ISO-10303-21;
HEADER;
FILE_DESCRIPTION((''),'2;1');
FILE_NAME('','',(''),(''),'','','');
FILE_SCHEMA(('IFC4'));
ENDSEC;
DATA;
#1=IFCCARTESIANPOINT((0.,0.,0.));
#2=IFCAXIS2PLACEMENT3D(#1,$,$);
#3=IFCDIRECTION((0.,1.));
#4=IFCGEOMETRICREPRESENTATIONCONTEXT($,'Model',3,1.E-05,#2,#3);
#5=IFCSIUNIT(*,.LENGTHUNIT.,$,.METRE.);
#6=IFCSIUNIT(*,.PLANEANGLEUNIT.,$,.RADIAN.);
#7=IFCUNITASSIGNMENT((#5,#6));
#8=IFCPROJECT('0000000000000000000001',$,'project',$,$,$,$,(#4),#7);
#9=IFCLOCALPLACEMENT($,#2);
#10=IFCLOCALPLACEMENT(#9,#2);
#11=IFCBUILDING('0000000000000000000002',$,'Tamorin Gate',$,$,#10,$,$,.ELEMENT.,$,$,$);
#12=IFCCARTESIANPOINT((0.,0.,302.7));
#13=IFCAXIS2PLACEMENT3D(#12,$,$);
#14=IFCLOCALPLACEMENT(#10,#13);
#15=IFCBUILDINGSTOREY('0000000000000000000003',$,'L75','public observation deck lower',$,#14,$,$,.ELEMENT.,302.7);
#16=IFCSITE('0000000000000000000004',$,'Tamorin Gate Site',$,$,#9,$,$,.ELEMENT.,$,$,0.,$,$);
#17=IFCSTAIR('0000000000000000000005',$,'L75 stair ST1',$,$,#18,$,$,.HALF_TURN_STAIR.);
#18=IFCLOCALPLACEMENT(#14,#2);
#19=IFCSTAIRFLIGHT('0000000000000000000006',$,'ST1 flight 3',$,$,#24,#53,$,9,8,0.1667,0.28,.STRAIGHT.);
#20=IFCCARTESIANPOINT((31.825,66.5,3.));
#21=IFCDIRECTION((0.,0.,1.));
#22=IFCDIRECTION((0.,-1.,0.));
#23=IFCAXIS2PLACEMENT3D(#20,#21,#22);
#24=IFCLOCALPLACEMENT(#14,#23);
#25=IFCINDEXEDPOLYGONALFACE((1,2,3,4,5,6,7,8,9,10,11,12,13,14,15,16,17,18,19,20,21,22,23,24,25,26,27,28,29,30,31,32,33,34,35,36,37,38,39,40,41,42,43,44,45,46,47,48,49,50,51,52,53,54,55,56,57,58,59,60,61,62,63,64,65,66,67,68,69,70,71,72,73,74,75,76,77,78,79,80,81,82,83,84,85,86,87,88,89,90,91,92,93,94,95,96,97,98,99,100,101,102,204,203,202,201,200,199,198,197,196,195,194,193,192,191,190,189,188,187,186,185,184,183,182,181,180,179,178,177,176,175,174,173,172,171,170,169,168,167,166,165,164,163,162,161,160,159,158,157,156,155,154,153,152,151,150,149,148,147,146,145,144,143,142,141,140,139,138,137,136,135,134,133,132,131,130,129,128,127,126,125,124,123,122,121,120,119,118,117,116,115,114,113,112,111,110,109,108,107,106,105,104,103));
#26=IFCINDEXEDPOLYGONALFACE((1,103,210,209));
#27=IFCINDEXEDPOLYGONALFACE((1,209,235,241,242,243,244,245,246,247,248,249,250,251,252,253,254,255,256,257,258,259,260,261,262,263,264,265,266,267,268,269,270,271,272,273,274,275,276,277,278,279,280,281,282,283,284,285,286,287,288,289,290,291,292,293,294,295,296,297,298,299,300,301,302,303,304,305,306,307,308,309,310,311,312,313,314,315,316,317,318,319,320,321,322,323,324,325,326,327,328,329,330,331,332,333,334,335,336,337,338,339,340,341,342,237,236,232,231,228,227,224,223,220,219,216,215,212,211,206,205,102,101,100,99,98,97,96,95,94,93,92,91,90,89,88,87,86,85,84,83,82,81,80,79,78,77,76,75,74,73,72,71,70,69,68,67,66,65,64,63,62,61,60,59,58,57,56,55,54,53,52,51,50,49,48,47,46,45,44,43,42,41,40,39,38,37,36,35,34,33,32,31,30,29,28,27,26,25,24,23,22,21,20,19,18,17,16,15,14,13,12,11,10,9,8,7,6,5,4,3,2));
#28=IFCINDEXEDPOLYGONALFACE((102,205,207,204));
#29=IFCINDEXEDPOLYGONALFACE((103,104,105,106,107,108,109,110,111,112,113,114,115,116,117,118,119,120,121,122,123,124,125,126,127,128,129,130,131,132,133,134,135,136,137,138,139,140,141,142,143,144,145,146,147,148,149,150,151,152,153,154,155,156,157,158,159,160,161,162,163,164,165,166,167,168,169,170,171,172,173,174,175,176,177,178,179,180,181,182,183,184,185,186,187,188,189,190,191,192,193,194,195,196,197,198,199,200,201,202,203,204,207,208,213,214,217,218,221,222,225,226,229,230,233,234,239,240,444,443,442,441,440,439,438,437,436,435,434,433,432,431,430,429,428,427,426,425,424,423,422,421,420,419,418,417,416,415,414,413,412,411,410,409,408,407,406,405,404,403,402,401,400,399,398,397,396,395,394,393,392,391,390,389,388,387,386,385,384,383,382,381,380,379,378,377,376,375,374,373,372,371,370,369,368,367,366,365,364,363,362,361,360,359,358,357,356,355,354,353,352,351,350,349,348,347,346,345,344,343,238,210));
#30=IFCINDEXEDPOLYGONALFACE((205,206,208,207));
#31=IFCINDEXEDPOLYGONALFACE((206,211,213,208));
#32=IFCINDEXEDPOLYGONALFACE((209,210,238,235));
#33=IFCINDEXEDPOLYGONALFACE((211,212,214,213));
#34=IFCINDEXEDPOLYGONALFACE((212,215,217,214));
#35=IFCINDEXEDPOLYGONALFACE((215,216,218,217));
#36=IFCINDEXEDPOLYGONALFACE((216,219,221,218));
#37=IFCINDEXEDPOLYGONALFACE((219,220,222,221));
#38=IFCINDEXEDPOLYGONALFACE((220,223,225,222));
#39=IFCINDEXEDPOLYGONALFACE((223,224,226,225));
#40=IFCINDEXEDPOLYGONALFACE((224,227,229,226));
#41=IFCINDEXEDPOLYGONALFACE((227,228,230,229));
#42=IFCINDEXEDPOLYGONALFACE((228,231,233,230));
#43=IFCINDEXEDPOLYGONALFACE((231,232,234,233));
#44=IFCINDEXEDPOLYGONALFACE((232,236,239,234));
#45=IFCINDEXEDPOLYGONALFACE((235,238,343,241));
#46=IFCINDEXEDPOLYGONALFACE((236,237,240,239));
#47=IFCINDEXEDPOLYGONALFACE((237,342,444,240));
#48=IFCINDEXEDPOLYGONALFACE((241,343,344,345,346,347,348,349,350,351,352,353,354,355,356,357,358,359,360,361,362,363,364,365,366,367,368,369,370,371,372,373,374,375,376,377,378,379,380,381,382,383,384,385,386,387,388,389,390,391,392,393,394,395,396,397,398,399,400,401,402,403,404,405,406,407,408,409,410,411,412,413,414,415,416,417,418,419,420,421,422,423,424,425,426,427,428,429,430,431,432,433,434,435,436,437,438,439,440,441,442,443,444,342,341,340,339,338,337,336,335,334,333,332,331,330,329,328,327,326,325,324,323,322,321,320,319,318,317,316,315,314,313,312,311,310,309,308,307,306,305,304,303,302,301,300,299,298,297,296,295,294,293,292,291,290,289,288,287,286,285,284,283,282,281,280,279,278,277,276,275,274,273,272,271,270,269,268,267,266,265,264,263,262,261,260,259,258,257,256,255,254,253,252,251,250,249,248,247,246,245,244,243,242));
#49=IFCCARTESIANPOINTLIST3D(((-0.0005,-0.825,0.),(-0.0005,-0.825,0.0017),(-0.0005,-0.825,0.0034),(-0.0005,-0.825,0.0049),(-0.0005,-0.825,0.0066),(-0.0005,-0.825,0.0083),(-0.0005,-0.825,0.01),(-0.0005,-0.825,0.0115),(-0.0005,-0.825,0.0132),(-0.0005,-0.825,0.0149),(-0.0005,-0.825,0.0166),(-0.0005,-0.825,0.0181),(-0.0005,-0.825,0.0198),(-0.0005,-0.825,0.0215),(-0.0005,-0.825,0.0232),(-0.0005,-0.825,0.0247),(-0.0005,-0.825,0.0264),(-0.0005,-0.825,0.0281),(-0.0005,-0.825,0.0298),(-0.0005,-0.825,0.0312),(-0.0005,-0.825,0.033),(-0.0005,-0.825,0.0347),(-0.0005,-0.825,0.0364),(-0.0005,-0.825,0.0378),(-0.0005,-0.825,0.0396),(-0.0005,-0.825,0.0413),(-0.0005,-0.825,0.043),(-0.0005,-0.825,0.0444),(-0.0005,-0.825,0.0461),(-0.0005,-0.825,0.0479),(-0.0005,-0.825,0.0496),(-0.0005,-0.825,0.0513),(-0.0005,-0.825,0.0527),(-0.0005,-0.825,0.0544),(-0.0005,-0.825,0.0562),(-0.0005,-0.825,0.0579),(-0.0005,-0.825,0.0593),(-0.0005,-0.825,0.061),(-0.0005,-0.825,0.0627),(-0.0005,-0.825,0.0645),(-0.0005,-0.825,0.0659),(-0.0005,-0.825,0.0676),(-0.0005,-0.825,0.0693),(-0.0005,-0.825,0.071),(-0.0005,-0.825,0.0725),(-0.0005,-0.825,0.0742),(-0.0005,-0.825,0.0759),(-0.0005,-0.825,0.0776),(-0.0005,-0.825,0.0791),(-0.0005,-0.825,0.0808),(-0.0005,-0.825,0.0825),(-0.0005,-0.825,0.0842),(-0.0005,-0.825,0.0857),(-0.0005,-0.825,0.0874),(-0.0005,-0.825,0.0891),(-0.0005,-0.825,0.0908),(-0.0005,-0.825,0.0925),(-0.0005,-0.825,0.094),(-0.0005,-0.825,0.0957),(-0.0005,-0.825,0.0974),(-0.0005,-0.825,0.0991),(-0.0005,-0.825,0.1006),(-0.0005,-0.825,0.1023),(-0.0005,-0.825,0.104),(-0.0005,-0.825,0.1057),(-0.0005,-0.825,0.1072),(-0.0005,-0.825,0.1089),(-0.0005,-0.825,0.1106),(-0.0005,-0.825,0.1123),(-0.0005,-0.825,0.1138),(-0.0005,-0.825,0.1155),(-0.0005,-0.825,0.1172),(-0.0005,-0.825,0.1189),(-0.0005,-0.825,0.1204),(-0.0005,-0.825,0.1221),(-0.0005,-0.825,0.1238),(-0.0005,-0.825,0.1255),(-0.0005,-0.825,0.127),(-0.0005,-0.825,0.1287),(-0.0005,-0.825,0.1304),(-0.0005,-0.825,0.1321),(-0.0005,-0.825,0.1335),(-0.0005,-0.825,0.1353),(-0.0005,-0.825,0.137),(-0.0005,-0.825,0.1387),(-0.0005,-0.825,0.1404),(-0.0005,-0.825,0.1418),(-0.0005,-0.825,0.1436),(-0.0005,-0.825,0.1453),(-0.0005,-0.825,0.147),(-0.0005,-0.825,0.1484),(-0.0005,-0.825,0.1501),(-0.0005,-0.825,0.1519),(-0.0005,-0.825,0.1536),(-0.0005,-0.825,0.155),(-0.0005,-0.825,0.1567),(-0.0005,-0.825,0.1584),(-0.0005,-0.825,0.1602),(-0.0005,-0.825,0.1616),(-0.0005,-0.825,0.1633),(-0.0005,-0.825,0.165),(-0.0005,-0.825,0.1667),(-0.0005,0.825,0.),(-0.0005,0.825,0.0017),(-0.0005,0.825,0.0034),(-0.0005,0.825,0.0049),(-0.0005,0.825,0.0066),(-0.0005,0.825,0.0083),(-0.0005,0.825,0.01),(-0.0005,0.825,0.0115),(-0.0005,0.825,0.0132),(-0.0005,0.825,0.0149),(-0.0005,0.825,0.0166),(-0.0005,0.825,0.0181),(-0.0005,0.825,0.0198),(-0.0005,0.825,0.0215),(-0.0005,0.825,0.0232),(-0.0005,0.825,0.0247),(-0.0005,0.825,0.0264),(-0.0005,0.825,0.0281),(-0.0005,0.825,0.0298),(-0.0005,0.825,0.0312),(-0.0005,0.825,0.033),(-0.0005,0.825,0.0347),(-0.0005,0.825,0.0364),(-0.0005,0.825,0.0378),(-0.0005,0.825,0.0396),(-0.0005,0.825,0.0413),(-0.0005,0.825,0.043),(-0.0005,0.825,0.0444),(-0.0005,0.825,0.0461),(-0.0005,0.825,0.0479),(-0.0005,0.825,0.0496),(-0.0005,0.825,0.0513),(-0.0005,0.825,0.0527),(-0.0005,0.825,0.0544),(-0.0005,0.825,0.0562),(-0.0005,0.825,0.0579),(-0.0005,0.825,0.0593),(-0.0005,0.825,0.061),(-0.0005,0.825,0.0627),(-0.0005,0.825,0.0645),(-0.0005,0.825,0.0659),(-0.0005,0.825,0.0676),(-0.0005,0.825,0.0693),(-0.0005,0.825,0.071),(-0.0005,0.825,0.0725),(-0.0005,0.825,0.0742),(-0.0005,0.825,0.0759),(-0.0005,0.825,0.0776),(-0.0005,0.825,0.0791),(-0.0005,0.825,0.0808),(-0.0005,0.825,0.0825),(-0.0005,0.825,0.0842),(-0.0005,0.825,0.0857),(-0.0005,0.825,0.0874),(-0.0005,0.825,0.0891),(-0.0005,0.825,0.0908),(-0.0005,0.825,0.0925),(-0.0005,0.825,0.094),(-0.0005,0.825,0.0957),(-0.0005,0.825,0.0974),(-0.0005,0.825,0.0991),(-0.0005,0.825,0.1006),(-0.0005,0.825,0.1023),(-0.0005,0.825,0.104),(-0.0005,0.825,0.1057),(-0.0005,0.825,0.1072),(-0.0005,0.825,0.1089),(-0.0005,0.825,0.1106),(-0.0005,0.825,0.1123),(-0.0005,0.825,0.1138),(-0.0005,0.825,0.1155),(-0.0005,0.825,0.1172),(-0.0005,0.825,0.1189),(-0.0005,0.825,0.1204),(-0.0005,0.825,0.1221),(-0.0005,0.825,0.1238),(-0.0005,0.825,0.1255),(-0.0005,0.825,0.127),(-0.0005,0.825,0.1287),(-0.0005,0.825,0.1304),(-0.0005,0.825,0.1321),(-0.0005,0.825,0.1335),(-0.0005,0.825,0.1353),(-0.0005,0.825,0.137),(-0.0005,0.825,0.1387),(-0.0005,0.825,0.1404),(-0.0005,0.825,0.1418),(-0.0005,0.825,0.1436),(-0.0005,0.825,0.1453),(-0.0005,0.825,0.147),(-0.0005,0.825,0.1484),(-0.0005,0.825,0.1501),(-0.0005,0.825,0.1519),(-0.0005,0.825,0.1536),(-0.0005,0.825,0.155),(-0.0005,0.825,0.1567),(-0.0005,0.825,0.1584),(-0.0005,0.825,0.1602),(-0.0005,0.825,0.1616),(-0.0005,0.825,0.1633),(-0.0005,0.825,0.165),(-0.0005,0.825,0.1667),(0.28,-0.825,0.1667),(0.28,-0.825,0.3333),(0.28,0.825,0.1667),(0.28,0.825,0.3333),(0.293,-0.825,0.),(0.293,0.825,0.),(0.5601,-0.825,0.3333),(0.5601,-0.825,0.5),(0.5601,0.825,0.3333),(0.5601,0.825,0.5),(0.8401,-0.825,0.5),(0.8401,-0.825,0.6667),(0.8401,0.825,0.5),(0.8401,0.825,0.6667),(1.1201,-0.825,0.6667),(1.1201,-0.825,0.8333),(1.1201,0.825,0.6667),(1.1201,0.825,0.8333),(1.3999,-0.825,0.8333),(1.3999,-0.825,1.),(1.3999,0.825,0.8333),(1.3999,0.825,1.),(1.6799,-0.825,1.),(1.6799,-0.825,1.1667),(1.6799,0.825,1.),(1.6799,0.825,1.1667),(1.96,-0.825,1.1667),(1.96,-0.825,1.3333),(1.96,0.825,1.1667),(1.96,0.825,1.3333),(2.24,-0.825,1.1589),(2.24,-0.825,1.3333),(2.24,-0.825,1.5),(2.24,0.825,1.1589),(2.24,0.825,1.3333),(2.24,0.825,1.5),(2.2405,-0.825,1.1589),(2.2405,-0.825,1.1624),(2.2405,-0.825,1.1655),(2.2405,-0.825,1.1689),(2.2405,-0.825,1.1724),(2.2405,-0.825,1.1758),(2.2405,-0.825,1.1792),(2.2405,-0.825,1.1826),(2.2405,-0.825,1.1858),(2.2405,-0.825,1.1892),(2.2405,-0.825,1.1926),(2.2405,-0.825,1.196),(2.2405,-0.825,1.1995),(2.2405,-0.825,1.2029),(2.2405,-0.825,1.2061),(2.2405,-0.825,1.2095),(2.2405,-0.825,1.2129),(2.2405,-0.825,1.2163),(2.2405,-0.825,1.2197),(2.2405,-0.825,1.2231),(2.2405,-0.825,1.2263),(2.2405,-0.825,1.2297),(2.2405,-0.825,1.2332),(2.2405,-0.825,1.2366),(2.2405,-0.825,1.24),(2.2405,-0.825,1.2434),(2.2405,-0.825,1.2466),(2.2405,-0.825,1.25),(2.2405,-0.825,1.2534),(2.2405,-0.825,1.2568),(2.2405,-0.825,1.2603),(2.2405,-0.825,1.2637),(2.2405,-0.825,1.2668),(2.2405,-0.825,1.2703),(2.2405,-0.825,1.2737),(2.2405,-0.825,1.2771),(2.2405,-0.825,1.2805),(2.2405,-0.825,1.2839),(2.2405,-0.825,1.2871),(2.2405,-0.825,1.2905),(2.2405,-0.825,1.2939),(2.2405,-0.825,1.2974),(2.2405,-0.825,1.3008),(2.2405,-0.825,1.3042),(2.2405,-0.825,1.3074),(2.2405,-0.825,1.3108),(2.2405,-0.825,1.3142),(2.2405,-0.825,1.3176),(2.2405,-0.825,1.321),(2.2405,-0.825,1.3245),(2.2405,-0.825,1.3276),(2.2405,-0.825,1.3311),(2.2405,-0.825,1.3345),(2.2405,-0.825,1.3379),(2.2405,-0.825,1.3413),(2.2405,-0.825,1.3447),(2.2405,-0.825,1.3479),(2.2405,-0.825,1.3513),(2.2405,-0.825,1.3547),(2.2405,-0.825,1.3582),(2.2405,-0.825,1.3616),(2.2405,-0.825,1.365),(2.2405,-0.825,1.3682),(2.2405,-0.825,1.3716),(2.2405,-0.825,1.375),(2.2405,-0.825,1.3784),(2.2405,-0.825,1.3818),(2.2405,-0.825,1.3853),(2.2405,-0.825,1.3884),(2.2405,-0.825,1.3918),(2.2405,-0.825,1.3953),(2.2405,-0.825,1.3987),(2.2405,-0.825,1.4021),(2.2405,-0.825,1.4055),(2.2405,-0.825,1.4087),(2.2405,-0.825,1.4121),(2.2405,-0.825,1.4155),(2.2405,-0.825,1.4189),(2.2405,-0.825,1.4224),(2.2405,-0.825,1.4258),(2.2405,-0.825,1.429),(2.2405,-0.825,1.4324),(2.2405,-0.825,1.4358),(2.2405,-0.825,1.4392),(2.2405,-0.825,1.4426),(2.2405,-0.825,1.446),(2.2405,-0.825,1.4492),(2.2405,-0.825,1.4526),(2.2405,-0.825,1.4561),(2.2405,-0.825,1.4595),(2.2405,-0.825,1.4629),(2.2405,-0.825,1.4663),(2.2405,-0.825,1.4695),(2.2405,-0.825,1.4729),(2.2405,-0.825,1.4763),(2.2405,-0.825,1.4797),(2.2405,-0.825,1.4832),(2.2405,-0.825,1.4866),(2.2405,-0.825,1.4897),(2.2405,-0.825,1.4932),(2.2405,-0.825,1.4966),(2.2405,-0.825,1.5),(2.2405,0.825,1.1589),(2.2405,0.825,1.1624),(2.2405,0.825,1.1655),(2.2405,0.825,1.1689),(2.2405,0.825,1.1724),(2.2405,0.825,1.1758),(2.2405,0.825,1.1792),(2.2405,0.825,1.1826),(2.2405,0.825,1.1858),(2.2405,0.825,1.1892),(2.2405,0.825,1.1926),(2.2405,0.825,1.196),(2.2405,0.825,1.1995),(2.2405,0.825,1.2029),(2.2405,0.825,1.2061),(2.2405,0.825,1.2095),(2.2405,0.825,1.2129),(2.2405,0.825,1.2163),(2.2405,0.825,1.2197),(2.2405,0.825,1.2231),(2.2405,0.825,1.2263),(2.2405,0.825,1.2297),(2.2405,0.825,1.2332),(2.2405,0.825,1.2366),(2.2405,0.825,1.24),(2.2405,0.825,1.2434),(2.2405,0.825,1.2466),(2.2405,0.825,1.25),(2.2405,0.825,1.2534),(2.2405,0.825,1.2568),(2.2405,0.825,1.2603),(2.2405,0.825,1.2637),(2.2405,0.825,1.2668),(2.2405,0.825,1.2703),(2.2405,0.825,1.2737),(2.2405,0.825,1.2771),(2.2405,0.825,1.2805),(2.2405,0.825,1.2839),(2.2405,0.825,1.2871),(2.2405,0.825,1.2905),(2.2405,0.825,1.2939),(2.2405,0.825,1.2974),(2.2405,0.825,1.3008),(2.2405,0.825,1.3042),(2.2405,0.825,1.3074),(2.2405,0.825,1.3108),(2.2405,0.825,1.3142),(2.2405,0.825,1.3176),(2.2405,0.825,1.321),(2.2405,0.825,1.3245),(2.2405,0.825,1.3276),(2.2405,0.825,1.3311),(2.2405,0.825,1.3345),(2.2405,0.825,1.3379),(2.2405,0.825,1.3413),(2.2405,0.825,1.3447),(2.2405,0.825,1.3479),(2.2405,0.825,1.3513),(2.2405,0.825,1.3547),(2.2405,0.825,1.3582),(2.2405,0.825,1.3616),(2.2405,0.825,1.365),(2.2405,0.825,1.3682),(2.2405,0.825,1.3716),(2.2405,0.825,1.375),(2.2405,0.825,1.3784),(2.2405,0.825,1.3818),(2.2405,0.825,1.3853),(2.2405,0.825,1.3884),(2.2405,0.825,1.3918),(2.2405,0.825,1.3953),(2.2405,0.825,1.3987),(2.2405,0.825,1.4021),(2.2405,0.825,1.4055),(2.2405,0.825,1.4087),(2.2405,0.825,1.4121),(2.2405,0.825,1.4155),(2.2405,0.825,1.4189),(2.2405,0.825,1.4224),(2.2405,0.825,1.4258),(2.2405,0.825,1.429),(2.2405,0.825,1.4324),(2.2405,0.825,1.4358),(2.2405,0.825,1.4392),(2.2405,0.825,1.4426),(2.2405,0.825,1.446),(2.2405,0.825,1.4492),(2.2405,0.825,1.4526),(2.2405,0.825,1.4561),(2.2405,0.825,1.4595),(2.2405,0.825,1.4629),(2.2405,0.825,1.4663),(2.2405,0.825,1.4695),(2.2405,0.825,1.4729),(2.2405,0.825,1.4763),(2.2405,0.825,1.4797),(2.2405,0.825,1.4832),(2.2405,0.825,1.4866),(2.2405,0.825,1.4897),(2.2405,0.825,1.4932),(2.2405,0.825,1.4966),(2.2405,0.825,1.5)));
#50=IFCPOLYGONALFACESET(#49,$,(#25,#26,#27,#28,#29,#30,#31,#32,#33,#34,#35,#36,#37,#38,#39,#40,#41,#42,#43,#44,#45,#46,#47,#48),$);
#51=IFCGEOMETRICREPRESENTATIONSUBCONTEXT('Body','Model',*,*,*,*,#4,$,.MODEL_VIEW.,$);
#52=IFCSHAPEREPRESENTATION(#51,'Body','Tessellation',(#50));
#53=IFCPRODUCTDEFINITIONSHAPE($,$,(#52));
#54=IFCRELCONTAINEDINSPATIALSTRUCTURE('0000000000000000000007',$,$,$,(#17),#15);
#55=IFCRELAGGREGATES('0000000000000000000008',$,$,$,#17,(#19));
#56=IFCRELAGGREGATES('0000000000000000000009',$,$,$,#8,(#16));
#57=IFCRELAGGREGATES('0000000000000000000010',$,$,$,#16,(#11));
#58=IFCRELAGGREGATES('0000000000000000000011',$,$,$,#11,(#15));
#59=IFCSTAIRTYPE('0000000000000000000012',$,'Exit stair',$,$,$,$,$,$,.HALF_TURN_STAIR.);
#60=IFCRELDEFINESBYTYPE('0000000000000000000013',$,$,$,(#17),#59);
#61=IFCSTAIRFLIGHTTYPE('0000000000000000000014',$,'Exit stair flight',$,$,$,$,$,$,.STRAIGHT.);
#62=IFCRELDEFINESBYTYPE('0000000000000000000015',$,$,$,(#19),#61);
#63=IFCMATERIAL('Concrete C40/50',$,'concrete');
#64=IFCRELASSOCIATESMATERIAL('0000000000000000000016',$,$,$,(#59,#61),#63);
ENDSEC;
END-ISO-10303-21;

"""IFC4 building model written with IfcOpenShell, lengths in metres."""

from ifc_helpers import new_model, si_unit, direction, frame, origin, place, context, subcontext, project, spatial, polyline, outline, extrude, material, type_object, element, aggregate, save


model = new_model("IFC4")

# Units and contexts
model_context = context("Model", 3, precision=1e-05, world=origin(), true_north=direction((0.0, 1.0)))
body_context = subcontext(model_context, "Body", "Model", "MODEL_VIEW")
ifc_project = project(units=[si_unit("LENGTHUNIT", "METRE"), si_unit("PLANEANGLEUNIT", "RADIAN")], contexts=[model_context])

# Site, building, storey
site_placement = place(None, origin())
site = spatial("IfcSite", under=ifc_project, at=site_placement, Name="Tamorin Gate Site", CompositionType="ELEMENT", RefElevation=0.0)
building_placement = place(site_placement, origin())
building = spatial("IfcBuilding", under=site, at=building_placement, Name="Tamorin Gate", CompositionType="ELEMENT")
storey_placement = place(building_placement, frame((0.0, 0.0, 302.7)))
storey = spatial("IfcBuildingStorey", under=building, at=storey_placement, Name="L75", Description="public observation deck lower", CompositionType="ELEMENT", Elevation=302.7)

# Stair, stair flight
ifc_material_1 = material(Name="Concrete C40/50", Category="concrete")
stair_type = type_object("IfcStairType", Name="Exit stair", PredefinedType="HALF_TURN_STAIR", material=ifc_material_1)
stair_placement = place(storey_placement, origin())
stair = element("IfcStair", 1, at=stair_placement, inside=storey, type_object=stair_type, Name="L75 stair ST1", PredefinedType="HALF_TURN_STAIR")
stair_flight_type = type_object("IfcStairFlightType", Name="Exit stair flight", PredefinedType="STRAIGHT", material=ifc_material_1)
stair_flight_1_placement = place(storey_placement, frame((31.825, 66.5, 3.0), z_axis=(0.0, 0.0, 1.0), x_axis=(0.0, -1.0, 0.0)))
stair_flight_1 = element("IfcStairFlight", 2, at=stair_flight_1_placement, type_object=stair_flight_type, Name="ST1 flight 3", NumberOfRisers=9, NumberOfTreads=8, PredefinedType="STRAIGHT", RiserHeight=0.1667, TreadLength=0.28, context=body_context, shape_type="SweptSolid", body=[
    extrude(outline(polyline([(-0.0005, 0.0), (-0.0005, 0.0017), (-0.0005, 0.0034), (-0.0005, 0.0049), (-0.0005, 0.0066), (-0.0005, 0.0083), (-0.0005, 0.01), (-0.0005, 0.0115), (-0.0005, 0.0132), (-0.0005, 0.0149), (-0.0005, 0.0166), (-0.0005, 0.0181), (-0.0005, 0.0198), (-0.0005, 0.0215), (-0.0005, 0.0232), (-0.0005, 0.0247), (-0.0005, 0.0264), (-0.0005, 0.0281), (-0.0005, 0.0298), (-0.0005, 0.0312), (-0.0005, 0.033), (-0.0005, 0.0347), (-0.0005, 0.0364), (-0.0005, 0.0378), (-0.0005, 0.0396), (-0.0005, 0.0413), (-0.0005, 0.043), (-0.0005, 0.0444), (-0.0005, 0.0461), (-0.0005, 0.0479), (-0.0005, 0.0496), (-0.0005, 0.0513), (-0.0005, 0.0527), (-0.0005, 0.0544), (-0.0005, 0.0562), (-0.0005, 0.0579), (-0.0005, 0.0593), (-0.0005, 0.061), (-0.0005, 0.0627), (-0.0005, 0.0645), (-0.0005, 0.0659), (-0.0005, 0.0676), (-0.0005, 0.0693), (-0.0005, 0.071), (-0.0005, 0.0725), (-0.0005, 0.0742), (-0.0005, 0.0759), (-0.0005, 0.0776), (-0.0005, 0.0791), (-0.0005, 0.0808), (-0.0005, 0.0825), (-0.0005, 0.0842), (-0.0005, 0.0857), (-0.0005, 0.0874), (-0.0005, 0.0891), (-0.0005, 0.0908), (-0.0005, 0.0925), (-0.0005, 0.094), (-0.0005, 0.0957), (-0.0005, 0.0974), (-0.0005, 0.0991), (-0.0005, 0.1006), (-0.0005, 0.1023), (-0.0005, 0.104), (-0.0005, 0.1057), (-0.0005, 0.1072), (-0.0005, 0.1089), (-0.0005, 0.1106), (-0.0005, 0.1123), (-0.0005, 0.1138), (-0.0005, 0.1155), (-0.0005, 0.1172), (-0.0005, 0.1189), (-0.0005, 0.1204), (-0.0005, 0.1221), (-0.0005, 0.1238), (-0.0005, 0.1255), (-0.0005, 0.127), (-0.0005, 0.1287), (-0.0005, 0.1304), (-0.0005, 0.1321), (-0.0005, 0.1335), (-0.0005, 0.1353), (-0.0005, 0.137), (-0.0005, 0.1387), (-0.0005, 0.1404), (-0.0005, 0.1418), (-0.0005, 0.1436), (-0.0005, 0.1453), (-0.0005, 0.147), (-0.0005, 0.1484), (-0.0005, 0.1501), (-0.0005, 0.1519), (-0.0005, 0.1536), (-0.0005, 0.155), (-0.0005, 0.1567), (-0.0005, 0.1584), (-0.0005, 0.1602), (-0.0005, 0.1616), (-0.0005, 0.1633), (-0.0005, 0.165), (-0.0005, 0.1667), (0.28, 0.1667), (0.28, 0.3333), (0.5601, 0.3333), (0.5601, 0.5), (0.8401, 0.5), (0.8401, 0.6667), (1.1201, 0.6667), (1.1201, 0.8333), (1.3999, 0.8333), (1.3999, 1.0), (1.6799, 1.0), (1.6799, 1.1667), (1.96, 1.1667), (1.96, 1.3333), (2.24, 1.3333), (2.24, 1.5), (2.2405, 1.5), (2.2405, 1.4966), (2.2405, 1.4932), (2.2405, 1.4897), (2.2405, 1.4866), (2.2405, 1.4832), (2.2405, 1.4797), (2.2405, 1.4763), (2.2405, 1.4729), (2.2405, 1.4695), (2.2405, 1.4663), (2.2405, 1.4629), (2.2405, 1.4595), (2.2405, 1.4561), (2.2405, 1.4526), (2.2405, 1.4492), (2.2405, 1.446), (2.2405, 1.4426), (2.2405, 1.4392), (2.2405, 1.4358), (2.2405, 1.4324), (2.2405, 1.429), (2.2405, 1.4258), (2.2405, 1.4224), (2.2405, 1.4189), (2.2405, 1.4155), (2.2405, 1.4121), (2.2405, 1.4087), (2.2405, 1.4055), (2.2405, 1.4021), (2.2405, 1.3987), (2.2405, 1.3953), (2.2405, 1.3918), (2.2405, 1.3884), (2.2405, 1.3853), (2.2405, 1.3818), (2.2405, 1.3784), (2.2405, 1.375), (2.2405, 1.3716), (2.2405, 1.3682), (2.2405, 1.365), (2.2405, 1.3616), (2.2405, 1.3582), (2.2405, 1.3547), (2.2405, 1.3513), (2.2405, 1.3479), (2.2405, 1.3447), (2.2405, 1.3413), (2.2405, 1.3379), (2.2405, 1.3345), (2.2405, 1.3311), (2.2405, 1.3276), (2.2405, 1.3245), (2.2405, 1.321), (2.2405, 1.3176), (2.2405, 1.3142), (2.2405, 1.3108), (2.2405, 1.3074), (2.2405, 1.3042), (2.2405, 1.3008), (2.2405, 1.2974), (2.2405, 1.2939), (2.2405, 1.2905), (2.2405, 1.2871), (2.2405, 1.2839), (2.2405, 1.2805), (2.2405, 1.2771), (2.2405, 1.2737), (2.2405, 1.2703), (2.2405, 1.2668), (2.2405, 1.2637), (2.2405, 1.2603), (2.2405, 1.2568), (2.2405, 1.2534), (2.2405, 1.25), (2.2405, 1.2466), (2.2405, 1.2434), (2.2405, 1.24), (2.2405, 1.2366), (2.2405, 1.2332), (2.2405, 1.2297), (2.2405, 1.2263), (2.2405, 1.2231), (2.2405, 1.2197), (2.2405, 1.2163), (2.2405, 1.2129), (2.2405, 1.2095), (2.2405, 1.2061), (2.2405, 1.2029), (2.2405, 1.1995), (2.2405, 1.196), (2.2405, 1.1926), (2.2405, 1.1892), (2.2405, 1.1858), (2.2405, 1.1826), (2.2405, 1.1792), (2.2405, 1.1758), (2.2405, 1.1724), (2.2405, 1.1689), (2.2405, 1.1655), (2.2405, 1.1624), (2.2405, 1.1589), (2.24, 1.1589), (0.293, 0.0), (-0.0005, 0.0)])), frame((0.0, 0.825, 0.0), z_axis=(0.0, -1.0, 0.0), x_axis=(1.0, 0.0, 0.0)), (0.0, 0.0, 1.0), 1.6499),
])
aggregate(stair, [stair_flight_1])

save(model, "model.ifc")
